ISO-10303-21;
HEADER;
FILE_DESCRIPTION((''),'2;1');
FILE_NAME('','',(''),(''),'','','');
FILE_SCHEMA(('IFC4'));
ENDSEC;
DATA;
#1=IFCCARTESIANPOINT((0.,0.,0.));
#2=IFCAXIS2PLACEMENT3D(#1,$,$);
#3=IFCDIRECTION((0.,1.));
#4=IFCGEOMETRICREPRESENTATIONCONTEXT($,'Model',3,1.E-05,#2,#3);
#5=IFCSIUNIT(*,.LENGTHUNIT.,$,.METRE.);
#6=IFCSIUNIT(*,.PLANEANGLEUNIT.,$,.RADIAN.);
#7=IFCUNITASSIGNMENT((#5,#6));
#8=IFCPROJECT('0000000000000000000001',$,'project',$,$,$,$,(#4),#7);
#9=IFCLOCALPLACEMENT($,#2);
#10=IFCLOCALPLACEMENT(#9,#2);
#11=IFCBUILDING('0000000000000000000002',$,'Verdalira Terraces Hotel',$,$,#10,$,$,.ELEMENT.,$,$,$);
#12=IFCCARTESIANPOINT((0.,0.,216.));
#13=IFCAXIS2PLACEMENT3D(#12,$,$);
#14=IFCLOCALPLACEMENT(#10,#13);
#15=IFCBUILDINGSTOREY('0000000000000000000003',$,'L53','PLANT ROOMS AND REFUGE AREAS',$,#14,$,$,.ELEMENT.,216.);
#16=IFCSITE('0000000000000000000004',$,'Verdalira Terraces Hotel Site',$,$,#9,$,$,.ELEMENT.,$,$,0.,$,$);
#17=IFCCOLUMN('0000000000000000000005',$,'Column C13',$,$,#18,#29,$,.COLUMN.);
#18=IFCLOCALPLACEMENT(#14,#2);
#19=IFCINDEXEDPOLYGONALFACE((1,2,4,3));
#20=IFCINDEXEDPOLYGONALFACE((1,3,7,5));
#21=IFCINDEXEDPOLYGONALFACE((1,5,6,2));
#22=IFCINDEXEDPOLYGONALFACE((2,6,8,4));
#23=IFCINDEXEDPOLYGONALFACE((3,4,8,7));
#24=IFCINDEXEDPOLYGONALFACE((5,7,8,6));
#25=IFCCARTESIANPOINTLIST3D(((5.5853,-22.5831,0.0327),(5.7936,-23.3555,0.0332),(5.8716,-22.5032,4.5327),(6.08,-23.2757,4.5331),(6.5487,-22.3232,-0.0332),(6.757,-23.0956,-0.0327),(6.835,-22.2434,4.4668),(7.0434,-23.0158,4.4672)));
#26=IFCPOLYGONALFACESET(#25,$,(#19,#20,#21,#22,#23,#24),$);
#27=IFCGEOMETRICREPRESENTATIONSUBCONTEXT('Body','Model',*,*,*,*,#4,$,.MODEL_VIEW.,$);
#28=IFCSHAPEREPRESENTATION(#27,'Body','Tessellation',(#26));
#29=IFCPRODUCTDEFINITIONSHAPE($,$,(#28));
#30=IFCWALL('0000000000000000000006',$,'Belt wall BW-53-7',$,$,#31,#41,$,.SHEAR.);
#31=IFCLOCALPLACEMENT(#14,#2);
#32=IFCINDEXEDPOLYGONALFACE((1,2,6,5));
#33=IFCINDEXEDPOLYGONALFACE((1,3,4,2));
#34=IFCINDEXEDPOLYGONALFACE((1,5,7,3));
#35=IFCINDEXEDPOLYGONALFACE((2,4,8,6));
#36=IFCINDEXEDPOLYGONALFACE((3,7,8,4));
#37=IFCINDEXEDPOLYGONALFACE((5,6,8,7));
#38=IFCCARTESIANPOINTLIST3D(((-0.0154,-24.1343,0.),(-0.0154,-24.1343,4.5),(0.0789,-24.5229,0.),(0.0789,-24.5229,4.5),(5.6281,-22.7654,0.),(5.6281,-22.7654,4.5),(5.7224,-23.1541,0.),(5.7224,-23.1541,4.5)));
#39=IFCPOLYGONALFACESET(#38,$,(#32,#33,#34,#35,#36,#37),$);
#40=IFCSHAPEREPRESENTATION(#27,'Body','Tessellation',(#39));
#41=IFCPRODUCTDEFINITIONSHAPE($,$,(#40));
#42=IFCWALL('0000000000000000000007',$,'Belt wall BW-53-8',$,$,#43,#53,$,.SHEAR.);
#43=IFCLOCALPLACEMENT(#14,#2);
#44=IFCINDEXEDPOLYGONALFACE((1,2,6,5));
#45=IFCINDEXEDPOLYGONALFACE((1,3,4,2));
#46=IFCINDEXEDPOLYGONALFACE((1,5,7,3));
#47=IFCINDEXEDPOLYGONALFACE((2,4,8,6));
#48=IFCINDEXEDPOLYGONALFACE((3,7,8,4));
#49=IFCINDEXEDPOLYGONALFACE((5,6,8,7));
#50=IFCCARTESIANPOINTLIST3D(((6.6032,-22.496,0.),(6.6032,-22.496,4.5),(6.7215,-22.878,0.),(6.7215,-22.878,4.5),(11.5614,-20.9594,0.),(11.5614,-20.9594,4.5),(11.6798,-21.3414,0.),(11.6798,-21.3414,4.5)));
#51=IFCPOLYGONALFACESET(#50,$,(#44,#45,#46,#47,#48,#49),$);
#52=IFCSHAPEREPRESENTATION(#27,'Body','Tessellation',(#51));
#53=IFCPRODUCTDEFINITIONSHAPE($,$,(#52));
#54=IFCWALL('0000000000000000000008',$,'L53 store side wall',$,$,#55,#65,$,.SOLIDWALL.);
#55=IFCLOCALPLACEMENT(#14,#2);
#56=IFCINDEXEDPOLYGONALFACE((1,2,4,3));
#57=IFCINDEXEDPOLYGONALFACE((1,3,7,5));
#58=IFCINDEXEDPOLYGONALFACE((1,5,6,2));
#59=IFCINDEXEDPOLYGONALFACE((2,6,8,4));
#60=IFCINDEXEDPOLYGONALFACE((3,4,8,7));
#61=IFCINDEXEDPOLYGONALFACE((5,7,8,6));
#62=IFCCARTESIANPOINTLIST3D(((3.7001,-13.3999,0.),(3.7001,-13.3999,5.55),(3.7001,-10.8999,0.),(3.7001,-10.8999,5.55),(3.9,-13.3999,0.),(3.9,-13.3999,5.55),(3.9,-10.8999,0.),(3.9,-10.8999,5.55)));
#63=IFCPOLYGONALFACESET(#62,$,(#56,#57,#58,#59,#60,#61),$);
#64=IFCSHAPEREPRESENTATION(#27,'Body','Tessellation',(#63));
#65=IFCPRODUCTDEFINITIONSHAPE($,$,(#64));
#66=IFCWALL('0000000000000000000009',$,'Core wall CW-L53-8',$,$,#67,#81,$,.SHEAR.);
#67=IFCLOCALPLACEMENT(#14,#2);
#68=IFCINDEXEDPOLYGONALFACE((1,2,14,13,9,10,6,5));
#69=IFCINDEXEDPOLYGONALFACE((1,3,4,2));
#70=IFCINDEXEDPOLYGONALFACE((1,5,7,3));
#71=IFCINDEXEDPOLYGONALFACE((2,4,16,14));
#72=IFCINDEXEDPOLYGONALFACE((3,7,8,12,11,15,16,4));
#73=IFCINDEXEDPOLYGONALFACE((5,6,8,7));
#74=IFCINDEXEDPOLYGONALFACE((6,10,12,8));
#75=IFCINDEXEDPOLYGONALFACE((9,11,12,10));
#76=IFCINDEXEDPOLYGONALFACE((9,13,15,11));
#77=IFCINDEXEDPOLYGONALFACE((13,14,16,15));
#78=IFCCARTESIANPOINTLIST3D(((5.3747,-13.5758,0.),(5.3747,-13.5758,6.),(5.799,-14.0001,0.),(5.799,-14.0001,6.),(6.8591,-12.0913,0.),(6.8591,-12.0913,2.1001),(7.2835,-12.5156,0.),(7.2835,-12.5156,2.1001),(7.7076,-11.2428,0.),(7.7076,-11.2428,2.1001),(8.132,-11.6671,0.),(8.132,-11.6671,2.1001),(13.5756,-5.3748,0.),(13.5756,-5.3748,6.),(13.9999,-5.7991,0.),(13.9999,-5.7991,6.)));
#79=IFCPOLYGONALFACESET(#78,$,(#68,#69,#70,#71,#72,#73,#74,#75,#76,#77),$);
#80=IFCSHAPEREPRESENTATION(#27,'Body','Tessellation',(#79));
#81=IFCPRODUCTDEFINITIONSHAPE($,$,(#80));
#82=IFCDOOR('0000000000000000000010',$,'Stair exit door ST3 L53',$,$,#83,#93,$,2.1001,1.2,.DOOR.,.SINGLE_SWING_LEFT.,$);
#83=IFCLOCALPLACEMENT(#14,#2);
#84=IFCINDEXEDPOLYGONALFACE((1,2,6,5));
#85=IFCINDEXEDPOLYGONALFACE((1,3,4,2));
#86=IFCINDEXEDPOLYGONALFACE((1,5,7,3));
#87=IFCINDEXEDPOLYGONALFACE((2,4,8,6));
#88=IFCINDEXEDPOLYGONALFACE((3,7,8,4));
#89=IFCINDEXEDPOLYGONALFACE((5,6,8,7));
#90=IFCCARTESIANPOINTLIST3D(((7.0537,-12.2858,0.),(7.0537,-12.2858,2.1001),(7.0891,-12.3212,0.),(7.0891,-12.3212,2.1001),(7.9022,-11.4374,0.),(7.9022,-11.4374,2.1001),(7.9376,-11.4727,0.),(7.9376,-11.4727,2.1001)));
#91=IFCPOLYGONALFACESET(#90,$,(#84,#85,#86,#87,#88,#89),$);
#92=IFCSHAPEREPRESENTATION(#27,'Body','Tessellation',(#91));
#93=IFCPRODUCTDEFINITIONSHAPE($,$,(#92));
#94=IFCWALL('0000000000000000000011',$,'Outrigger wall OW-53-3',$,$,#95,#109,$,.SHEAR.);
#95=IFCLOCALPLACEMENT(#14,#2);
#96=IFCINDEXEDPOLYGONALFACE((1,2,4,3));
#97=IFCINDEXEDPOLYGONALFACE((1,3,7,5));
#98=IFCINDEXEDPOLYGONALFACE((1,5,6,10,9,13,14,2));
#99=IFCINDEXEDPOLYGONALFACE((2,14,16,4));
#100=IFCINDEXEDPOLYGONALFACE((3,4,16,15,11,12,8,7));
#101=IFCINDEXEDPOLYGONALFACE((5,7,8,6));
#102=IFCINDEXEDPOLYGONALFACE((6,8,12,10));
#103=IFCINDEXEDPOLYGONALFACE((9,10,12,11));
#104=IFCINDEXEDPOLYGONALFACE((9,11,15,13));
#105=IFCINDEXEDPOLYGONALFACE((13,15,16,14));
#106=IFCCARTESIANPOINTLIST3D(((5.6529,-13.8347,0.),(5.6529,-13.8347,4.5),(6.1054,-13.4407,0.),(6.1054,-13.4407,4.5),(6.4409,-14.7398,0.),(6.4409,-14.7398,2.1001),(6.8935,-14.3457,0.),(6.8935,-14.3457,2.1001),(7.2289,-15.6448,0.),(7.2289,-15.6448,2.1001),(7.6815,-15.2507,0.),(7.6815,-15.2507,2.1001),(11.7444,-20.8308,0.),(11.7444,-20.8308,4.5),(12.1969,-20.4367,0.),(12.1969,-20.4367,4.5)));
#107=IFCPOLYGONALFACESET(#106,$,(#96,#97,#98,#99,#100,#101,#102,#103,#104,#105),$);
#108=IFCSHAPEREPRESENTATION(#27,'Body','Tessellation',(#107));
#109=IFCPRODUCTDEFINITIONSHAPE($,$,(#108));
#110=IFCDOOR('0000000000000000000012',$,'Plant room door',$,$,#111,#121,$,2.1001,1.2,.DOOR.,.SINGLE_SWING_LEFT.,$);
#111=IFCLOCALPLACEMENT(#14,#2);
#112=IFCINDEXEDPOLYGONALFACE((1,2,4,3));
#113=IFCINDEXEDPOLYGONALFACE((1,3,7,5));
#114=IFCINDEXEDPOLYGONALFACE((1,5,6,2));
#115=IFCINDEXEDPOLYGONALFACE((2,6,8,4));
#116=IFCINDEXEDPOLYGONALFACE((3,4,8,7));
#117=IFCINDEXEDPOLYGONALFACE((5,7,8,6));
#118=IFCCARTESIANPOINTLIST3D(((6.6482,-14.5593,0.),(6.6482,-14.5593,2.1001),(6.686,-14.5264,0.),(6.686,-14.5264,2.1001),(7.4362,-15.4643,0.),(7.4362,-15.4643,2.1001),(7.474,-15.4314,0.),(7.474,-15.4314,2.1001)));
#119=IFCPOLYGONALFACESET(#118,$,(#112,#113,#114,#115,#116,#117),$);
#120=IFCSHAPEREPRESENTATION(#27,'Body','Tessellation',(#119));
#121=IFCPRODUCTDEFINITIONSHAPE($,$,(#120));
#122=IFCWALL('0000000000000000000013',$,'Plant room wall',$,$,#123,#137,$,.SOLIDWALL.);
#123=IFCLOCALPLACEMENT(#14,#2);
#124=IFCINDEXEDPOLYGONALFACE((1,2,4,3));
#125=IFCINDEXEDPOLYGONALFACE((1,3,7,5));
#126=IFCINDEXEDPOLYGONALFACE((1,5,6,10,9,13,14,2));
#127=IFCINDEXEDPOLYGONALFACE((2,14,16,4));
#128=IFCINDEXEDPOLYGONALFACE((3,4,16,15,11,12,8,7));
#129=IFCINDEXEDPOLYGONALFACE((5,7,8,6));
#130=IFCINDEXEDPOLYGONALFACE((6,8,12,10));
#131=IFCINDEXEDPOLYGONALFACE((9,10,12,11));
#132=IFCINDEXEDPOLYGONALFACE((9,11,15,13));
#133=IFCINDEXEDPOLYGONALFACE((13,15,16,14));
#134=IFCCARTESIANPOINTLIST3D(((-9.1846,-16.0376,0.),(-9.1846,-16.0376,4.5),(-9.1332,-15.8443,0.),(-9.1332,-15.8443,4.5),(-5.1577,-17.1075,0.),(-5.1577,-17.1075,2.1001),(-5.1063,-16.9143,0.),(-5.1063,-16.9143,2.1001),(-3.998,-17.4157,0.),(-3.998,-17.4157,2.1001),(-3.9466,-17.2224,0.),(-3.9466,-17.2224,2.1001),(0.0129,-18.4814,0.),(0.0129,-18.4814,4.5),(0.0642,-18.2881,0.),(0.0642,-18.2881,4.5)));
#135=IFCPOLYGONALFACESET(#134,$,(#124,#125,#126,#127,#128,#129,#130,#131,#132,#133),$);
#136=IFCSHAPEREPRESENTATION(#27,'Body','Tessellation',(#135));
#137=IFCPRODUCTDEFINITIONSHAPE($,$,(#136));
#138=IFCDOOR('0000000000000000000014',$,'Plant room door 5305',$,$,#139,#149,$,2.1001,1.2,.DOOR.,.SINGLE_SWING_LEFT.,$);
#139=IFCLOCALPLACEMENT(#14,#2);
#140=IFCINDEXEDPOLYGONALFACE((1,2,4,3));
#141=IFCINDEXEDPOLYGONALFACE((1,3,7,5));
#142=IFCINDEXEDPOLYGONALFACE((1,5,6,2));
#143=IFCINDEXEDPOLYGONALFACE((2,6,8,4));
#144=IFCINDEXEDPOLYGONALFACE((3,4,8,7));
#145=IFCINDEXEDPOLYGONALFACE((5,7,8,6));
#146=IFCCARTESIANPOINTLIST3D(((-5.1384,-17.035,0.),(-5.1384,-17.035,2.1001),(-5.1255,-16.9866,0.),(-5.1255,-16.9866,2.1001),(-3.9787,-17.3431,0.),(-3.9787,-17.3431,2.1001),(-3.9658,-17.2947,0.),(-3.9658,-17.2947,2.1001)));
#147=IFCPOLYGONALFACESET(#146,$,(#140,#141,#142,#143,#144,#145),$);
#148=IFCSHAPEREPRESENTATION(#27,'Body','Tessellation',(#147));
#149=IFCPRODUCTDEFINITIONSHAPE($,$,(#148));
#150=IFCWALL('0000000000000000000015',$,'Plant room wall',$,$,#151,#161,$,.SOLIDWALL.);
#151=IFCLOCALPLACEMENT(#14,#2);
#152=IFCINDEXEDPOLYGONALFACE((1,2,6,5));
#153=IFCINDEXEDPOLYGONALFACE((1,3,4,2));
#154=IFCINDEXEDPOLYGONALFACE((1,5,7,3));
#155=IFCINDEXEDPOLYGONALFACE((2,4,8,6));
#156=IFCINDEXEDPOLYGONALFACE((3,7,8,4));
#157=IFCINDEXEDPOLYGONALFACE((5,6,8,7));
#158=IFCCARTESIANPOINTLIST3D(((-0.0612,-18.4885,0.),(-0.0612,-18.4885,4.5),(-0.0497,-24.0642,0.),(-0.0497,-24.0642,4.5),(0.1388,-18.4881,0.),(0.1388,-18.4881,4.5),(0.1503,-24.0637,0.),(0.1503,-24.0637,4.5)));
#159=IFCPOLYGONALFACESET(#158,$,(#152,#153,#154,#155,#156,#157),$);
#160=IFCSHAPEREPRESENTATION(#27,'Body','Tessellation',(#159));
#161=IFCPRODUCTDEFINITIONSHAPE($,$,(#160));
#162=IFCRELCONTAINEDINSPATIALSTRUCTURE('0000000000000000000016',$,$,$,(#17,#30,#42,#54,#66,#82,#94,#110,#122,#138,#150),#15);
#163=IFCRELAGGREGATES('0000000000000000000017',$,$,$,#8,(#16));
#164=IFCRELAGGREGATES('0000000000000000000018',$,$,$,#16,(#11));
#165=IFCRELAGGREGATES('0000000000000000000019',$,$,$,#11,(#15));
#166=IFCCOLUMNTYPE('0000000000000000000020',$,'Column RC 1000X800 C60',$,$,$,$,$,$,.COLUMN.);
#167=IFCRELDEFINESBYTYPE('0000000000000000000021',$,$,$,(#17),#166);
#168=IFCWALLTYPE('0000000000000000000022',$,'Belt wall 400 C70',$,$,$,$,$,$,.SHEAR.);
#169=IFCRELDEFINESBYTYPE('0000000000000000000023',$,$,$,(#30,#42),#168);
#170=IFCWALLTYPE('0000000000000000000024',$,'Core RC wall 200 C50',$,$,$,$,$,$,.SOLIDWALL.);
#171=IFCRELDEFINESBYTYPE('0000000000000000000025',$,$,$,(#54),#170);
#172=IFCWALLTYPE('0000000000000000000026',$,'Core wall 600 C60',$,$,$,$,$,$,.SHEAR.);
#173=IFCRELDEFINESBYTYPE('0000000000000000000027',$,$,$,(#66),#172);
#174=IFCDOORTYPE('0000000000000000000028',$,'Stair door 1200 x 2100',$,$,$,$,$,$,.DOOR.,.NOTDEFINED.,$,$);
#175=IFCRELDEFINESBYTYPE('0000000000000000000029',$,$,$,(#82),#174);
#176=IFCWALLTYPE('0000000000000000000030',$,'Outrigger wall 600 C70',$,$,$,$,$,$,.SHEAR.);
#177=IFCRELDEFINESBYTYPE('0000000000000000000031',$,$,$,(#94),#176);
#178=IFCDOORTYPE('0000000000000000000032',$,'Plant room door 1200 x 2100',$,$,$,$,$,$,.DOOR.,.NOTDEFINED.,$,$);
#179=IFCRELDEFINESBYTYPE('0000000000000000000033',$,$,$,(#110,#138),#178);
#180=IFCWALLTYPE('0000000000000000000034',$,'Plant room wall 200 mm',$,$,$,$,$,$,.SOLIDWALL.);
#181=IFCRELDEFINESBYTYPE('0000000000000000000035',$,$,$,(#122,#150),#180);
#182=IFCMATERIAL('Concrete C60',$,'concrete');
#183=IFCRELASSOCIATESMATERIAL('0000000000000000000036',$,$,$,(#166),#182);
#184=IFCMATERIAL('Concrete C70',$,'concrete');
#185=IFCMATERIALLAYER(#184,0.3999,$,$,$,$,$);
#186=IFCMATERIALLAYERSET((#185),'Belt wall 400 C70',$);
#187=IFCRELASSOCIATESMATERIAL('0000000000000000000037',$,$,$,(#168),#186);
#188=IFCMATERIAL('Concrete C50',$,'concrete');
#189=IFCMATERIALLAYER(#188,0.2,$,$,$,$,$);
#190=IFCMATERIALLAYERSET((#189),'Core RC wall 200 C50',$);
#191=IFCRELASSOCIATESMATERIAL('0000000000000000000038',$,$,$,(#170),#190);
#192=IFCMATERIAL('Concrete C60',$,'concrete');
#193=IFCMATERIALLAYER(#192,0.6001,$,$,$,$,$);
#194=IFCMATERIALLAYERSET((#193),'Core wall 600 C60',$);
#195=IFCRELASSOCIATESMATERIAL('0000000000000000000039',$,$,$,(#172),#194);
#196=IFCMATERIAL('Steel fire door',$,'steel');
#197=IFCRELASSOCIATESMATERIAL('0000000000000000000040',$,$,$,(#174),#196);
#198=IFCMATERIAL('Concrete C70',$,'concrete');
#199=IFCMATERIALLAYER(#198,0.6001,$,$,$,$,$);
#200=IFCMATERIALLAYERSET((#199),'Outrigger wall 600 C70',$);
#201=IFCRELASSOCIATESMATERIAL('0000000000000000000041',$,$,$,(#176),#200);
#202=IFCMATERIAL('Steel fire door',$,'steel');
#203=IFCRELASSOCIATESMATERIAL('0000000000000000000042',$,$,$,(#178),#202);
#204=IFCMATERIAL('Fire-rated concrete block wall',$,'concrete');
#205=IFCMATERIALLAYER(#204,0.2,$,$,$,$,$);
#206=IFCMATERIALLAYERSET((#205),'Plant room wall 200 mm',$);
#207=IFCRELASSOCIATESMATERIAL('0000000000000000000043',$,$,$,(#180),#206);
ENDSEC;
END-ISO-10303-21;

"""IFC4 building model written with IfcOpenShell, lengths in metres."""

from ifc_helpers import new_model, si_unit, direction, frame, frame_2d, origin, origin_2d, place, context, subcontext, project, spatial, rectangle, extrude, material, layer, layer_set, material_profile, profile_set, type_object, element, fill, save


model = new_model("IFC4")

# Units and contexts
model_context = context("Model", 3, precision=1e-05, world=origin(), true_north=direction((0.0, 1.0)))
body_context = subcontext(model_context, "Body", "Model", "MODEL_VIEW")
ifc_project = project(units=[si_unit("LENGTHUNIT", "METRE"), si_unit("PLANEANGLEUNIT", "RADIAN")], contexts=[model_context])

# Site, building, storey
site_placement = place(None, origin())
site = spatial("IfcSite", under=ifc_project, at=site_placement, Name="Verdalira Terraces Hotel Site", CompositionType="ELEMENT", RefElevation=0.0)
building_placement = place(site_placement, origin())
building = spatial("IfcBuilding", under=site, at=building_placement, Name="Verdalira Terraces Hotel", CompositionType="ELEMENT")
storey_placement = place(building_placement, frame((0.0, 0.0, 216.0)))
storey = spatial("IfcBuildingStorey", under=building, at=storey_placement, Name="L53", Description="PLANT ROOMS AND REFUGE AREAS", CompositionType="ELEMENT", Elevation=216.0)

# Column
ifc_material_1 = material(Name="Concrete C60", Category="concrete")
ifc_material_profile_1 = material_profile(ifc_material_1, rectangle(XDim=1.0, YDim=0.8, at=origin_2d()), Name="RC 1000X800")
ifc_profile_set_1 = profile_set([ifc_material_profile_1], Name="Concrete C60")
column_type = type_object("IfcColumnType", Name="Column RC 1000X800 C60", PredefinedType="COLUMN", material=ifc_profile_set_1)
column_placement = place(storey_placement, frame((6.1711, -22.8394, 0.0), z_axis=(0.063501, 0.017702, 0.997825), x_axis=(0.963396, 0.259853, -0.06592)))
element("IfcColumn", 1, at=column_placement, inside=storey, type_object=column_type, Name="Column C13", PredefinedType="COLUMN", context=body_context, shape_type="SweptSolid", body=[
    extrude(rectangle(XDim=1.0, YDim=0.8, at=origin_2d()), origin(), (0.0, 0.0, 1.0), 4.5098),
])

# Walls
ifc_material_2 = material(Name="Concrete C70", Category="concrete")
ifc_layer_1 = layer(ifc_material_2, 0.3999)
ifc_layer_set_1 = layer_set([ifc_layer_1], Name="Belt wall 400 C70")
wall_type_1 = type_object("IfcWallType", Name="Belt wall 400 C70", PredefinedType="SHEAR", material=ifc_layer_set_1)
wall_1_placement = place(storey_placement, frame((0.0317, -24.3286, 0.0), z_axis=(0.0, 0.0, 1.0), x_axis=(0.97182, 0.235724, 0.0)))
element("IfcWall", 2, at=wall_1_placement, inside=storey, type_object=wall_type_1, Name="Belt wall BW-53-7", PredefinedType="SHEAR", context=body_context, shape_type="SweptSolid", body=[
    extrude(rectangle(XDim=5.8071, YDim=0.3999, at=frame_2d((2.9036, 0.0))), origin(), (0.0, 0.0, 1.0), 4.5),
])
wall_2_placement = place(storey_placement, frame((6.6624, -22.687, 0.0), z_axis=(0.0, 0.0, 1.0), x_axis=(0.955181, 0.296022, 0.0)))
element("IfcWall", 3, at=wall_2_placement, inside=storey, type_object=wall_type_1, Name="Belt wall BW-53-8", PredefinedType="SHEAR", context=body_context, shape_type="SweptSolid", body=[
    extrude(rectangle(XDim=5.1909, YDim=0.3999, at=frame_2d((2.5955, 0.0))), origin(), (0.0, 0.0, 1.0), 4.5),
])
ifc_material_3 = material(Name="Concrete C50", Category="concrete")
ifc_layer_2 = layer(ifc_material_3, 0.2)
ifc_layer_set_2 = layer_set([ifc_layer_2], Name="Core RC wall 200 C50")
wall_type_2 = type_object("IfcWallType", Name="Core RC wall 200 C50", PredefinedType="SOLIDWALL", material=ifc_layer_set_2)
wall_3_placement = place(storey_placement, frame((3.8, -10.8999, 0.0), z_axis=(0.0, 0.0, 1.0), x_axis=(0.0, -1.0, 0.0)))
element("IfcWall", 4, at=wall_3_placement, inside=storey, type_object=wall_type_2, Name="L53 store side wall", PredefinedType="SOLIDWALL", context=body_context, shape_type="SweptSolid", body=[
    extrude(rectangle(XDim=2.5, YDim=0.2, at=frame_2d((1.25, 0.0))), origin(), (0.0, 0.0, 1.0), 5.55),
])

# Walls, openings, doors
ifc_material_4 = material(Name="Concrete C60", Category="concrete")
ifc_layer_3 = layer(ifc_material_4, 0.6001)
ifc_layer_set_3 = layer_set([ifc_layer_3], Name="Core wall 600 C60")
wall_type_3 = type_object("IfcWallType", Name="Core wall 600 C60", PredefinedType="SHEAR", material=ifc_layer_set_3)
wall_4_placement = place(storey_placement, frame((5.5869, -13.7878, 0.0), z_axis=(0.0, 0.0, 1.0), x_axis=(0.707107, 0.707107, 0.0)))
wall_4 = element("IfcWall", 5, at=wall_4_placement, inside=storey, type_object=wall_type_3, Name="Core wall CW-L53-8", PredefinedType="SHEAR", context=body_context, shape_type="SweptSolid", body=[
    extrude(rectangle(XDim=11.5979, YDim=0.6001, at=frame_2d((5.7988, 0.0))), origin(), (0.0, 0.0, 1.0), 6.0),
])
opening_1_placement = place(wall_4_placement, frame((2.0991, 0.0, 0.0)))
opening_1 = element("IfcOpeningElement", 6, at=opening_1_placement, cuts=wall_4, PredefinedType="OPENING", context=body_context, shape_type="SweptSolid", body=[
    extrude(rectangle(XDim=1.2, YDim=2.1001, at=frame_2d((0.6001, 1.05))), frame((0.0, 0.3101, 0.0), z_axis=(0.0, -1.0, 0.0), x_axis=(1.0, 0.0, 0.0)), (0.0, 0.0, 1.0), 0.6201),
])
ifc_material_5 = material(Name="Steel fire door", Category="steel")
door_type_1 = type_object("IfcDoorType", Name="Stair door 1200 x 2100", OperationType="NOTDEFINED", PredefinedType="DOOR", material=ifc_material_5)
door_1_placement = place(opening_1_placement, origin())
door_1 = element("IfcDoor", 7, at=door_1_placement, inside=storey, type_object=door_type_1, Name="Stair exit door ST3 L53", OperationType="SINGLE_SWING_LEFT", OverallHeight=2.1001, OverallWidth=1.2, PredefinedType="DOOR", context=body_context, shape_type="SweptSolid", body=[
    extrude(rectangle(XDim=1.2, YDim=2.1001, at=frame_2d((0.6001, 1.05))), frame((0.0, 0.0249, 0.0), z_axis=(0.0, -1.0, 0.0), x_axis=(1.0, 0.0, 0.0)), (0.0, 0.0, 1.0), 0.05),
])
fill(opening_1, door_1)
ifc_material_6 = material(Name="Concrete C70", Category="concrete")
ifc_layer_4 = layer(ifc_material_6, 0.6001)
ifc_layer_set_4 = layer_set([ifc_layer_4], Name="Outrigger wall 600 C70")
wall_type_4 = type_object("IfcWallType", Name="Outrigger wall 600 C70", PredefinedType="SHEAR", material=ifc_layer_set_4)
wall_5_placement = place(storey_placement, frame((5.8792, -13.6377, 0.0), z_axis=(0.0, 0.0, 1.0), x_axis=(0.656669, -0.754179, 0.0)))
wall_5 = element("IfcWall", 8, at=wall_5_placement, inside=storey, type_object=wall_type_4, Name="Outrigger wall OW-53-3", PredefinedType="SHEAR", context=body_context, shape_type="SweptSolid", body=[
    extrude(rectangle(XDim=9.2764, YDim=0.6001, at=frame_2d((4.6382, 0.0))), origin(), (0.0, 0.0, 1.0), 4.5),
])
opening_2_placement = place(wall_5_placement, frame((1.2, 0.0, 0.0)))
opening_2 = element("IfcOpeningElement", 9, at=opening_2_placement, cuts=wall_5, PredefinedType="OPENING", context=body_context, shape_type="SweptSolid", body=[
    extrude(rectangle(XDim=1.2, YDim=2.1001, at=frame_2d((0.6001, 1.05))), frame((0.0, 0.3101, 0.0), z_axis=(0.0, -1.0, 0.0), x_axis=(1.0, 0.0, 0.0)), (0.0, 0.0, 1.0), 0.6201),
])
ifc_material_7 = material(Name="Steel fire door", Category="steel")
door_type_2 = type_object("IfcDoorType", Name="Plant room door 1200 x 2100", OperationType="NOTDEFINED", PredefinedType="DOOR", material=ifc_material_7)
door_2_placement = place(opening_2_placement, origin())
door_2 = element("IfcDoor", 10, at=door_2_placement, inside=storey, type_object=door_type_2, Name="Plant room door", OperationType="SINGLE_SWING_LEFT", OverallHeight=2.1001, OverallWidth=1.2, PredefinedType="DOOR", context=body_context, shape_type="SweptSolid", body=[
    extrude(rectangle(XDim=1.2, YDim=2.1001, at=frame_2d((0.6001, 1.05))), frame((0.0, 0.0249, 0.0), z_axis=(0.0, -1.0, 0.0), x_axis=(1.0, 0.0, 0.0)), (0.0, 0.0, 1.0), 0.05),
])
fill(opening_2, door_2)
ifc_material_8 = material(Name="Fire-rated concrete block wall", Category="concrete")
ifc_layer_5 = layer(ifc_material_8, 0.2)
ifc_layer_set_5 = layer_set([ifc_layer_5], Name="Plant room wall 200 mm")
wall_type_5 = type_object("IfcWallType", Name="Plant room wall 200 mm", PredefinedType="SOLIDWALL", material=ifc_layer_set_5)
wall_6_placement = place(storey_placement, frame((0.0386, -18.3848, 0.0), z_axis=(0.0, 0.0, 1.0), x_axis=(-0.966465, 0.256797, 0.0)))
wall_6 = element("IfcWall", 11, at=wall_6_placement, inside=storey, type_object=wall_type_5, Name="Plant room wall", PredefinedType="SOLIDWALL", context=body_context, shape_type="SweptSolid", body=[
    extrude(rectangle(XDim=9.5166, YDim=0.2, at=frame_2d((4.7583, 0.0))), origin(), (0.0, 0.0, 1.0), 4.5),
])
opening_3_placement = place(wall_6_placement, frame((4.1499, 0.0, 0.0)))
opening_3 = element("IfcOpeningElement", 12, at=opening_3_placement, cuts=wall_6, PredefinedType="OPENING", context=body_context, shape_type="SweptSolid", body=[
    extrude(rectangle(XDim=1.2, YDim=2.1001, at=frame_2d((0.6001, 1.05))), frame((0.0, 0.1099, 0.0), z_axis=(0.0, -1.0, 0.0), x_axis=(1.0, 0.0, 0.0)), (0.0, 0.0, 1.0), 0.22),
])
door_3_placement = place(opening_3_placement, origin())
door_3 = element("IfcDoor", 13, at=door_3_placement, inside=storey, type_object=door_type_2, Name="Plant room door 5305", OperationType="SINGLE_SWING_LEFT", OverallHeight=2.1001, OverallWidth=1.2, PredefinedType="DOOR", context=body_context, shape_type="SweptSolid", body=[
    extrude(rectangle(XDim=1.2, YDim=2.1001, at=frame_2d((0.6001, 1.05))), frame((0.0, 0.0249, 0.0), z_axis=(0.0, -1.0, 0.0), x_axis=(1.0, 0.0, 0.0)), (0.0, 0.0, 1.0), 0.05),
])
fill(opening_3, door_3)

# Wall
wall_7_placement = place(storey_placement, frame((0.0388, -18.4883, 0.0), z_axis=(0.0, 0.0, 1.0), x_axis=(0.002058, -0.999998, 0.0)))
element("IfcWall", 14, at=wall_7_placement, inside=storey, type_object=wall_type_5, Name="Plant room wall", PredefinedType="SOLIDWALL", context=body_context, shape_type="SweptSolid", body=[
    extrude(rectangle(XDim=5.5757, YDim=0.2, at=frame_2d((2.7878, 0.0))), origin(), (0.0, 0.0, 1.0), 4.5),
])

save(model, "model.ifc")
